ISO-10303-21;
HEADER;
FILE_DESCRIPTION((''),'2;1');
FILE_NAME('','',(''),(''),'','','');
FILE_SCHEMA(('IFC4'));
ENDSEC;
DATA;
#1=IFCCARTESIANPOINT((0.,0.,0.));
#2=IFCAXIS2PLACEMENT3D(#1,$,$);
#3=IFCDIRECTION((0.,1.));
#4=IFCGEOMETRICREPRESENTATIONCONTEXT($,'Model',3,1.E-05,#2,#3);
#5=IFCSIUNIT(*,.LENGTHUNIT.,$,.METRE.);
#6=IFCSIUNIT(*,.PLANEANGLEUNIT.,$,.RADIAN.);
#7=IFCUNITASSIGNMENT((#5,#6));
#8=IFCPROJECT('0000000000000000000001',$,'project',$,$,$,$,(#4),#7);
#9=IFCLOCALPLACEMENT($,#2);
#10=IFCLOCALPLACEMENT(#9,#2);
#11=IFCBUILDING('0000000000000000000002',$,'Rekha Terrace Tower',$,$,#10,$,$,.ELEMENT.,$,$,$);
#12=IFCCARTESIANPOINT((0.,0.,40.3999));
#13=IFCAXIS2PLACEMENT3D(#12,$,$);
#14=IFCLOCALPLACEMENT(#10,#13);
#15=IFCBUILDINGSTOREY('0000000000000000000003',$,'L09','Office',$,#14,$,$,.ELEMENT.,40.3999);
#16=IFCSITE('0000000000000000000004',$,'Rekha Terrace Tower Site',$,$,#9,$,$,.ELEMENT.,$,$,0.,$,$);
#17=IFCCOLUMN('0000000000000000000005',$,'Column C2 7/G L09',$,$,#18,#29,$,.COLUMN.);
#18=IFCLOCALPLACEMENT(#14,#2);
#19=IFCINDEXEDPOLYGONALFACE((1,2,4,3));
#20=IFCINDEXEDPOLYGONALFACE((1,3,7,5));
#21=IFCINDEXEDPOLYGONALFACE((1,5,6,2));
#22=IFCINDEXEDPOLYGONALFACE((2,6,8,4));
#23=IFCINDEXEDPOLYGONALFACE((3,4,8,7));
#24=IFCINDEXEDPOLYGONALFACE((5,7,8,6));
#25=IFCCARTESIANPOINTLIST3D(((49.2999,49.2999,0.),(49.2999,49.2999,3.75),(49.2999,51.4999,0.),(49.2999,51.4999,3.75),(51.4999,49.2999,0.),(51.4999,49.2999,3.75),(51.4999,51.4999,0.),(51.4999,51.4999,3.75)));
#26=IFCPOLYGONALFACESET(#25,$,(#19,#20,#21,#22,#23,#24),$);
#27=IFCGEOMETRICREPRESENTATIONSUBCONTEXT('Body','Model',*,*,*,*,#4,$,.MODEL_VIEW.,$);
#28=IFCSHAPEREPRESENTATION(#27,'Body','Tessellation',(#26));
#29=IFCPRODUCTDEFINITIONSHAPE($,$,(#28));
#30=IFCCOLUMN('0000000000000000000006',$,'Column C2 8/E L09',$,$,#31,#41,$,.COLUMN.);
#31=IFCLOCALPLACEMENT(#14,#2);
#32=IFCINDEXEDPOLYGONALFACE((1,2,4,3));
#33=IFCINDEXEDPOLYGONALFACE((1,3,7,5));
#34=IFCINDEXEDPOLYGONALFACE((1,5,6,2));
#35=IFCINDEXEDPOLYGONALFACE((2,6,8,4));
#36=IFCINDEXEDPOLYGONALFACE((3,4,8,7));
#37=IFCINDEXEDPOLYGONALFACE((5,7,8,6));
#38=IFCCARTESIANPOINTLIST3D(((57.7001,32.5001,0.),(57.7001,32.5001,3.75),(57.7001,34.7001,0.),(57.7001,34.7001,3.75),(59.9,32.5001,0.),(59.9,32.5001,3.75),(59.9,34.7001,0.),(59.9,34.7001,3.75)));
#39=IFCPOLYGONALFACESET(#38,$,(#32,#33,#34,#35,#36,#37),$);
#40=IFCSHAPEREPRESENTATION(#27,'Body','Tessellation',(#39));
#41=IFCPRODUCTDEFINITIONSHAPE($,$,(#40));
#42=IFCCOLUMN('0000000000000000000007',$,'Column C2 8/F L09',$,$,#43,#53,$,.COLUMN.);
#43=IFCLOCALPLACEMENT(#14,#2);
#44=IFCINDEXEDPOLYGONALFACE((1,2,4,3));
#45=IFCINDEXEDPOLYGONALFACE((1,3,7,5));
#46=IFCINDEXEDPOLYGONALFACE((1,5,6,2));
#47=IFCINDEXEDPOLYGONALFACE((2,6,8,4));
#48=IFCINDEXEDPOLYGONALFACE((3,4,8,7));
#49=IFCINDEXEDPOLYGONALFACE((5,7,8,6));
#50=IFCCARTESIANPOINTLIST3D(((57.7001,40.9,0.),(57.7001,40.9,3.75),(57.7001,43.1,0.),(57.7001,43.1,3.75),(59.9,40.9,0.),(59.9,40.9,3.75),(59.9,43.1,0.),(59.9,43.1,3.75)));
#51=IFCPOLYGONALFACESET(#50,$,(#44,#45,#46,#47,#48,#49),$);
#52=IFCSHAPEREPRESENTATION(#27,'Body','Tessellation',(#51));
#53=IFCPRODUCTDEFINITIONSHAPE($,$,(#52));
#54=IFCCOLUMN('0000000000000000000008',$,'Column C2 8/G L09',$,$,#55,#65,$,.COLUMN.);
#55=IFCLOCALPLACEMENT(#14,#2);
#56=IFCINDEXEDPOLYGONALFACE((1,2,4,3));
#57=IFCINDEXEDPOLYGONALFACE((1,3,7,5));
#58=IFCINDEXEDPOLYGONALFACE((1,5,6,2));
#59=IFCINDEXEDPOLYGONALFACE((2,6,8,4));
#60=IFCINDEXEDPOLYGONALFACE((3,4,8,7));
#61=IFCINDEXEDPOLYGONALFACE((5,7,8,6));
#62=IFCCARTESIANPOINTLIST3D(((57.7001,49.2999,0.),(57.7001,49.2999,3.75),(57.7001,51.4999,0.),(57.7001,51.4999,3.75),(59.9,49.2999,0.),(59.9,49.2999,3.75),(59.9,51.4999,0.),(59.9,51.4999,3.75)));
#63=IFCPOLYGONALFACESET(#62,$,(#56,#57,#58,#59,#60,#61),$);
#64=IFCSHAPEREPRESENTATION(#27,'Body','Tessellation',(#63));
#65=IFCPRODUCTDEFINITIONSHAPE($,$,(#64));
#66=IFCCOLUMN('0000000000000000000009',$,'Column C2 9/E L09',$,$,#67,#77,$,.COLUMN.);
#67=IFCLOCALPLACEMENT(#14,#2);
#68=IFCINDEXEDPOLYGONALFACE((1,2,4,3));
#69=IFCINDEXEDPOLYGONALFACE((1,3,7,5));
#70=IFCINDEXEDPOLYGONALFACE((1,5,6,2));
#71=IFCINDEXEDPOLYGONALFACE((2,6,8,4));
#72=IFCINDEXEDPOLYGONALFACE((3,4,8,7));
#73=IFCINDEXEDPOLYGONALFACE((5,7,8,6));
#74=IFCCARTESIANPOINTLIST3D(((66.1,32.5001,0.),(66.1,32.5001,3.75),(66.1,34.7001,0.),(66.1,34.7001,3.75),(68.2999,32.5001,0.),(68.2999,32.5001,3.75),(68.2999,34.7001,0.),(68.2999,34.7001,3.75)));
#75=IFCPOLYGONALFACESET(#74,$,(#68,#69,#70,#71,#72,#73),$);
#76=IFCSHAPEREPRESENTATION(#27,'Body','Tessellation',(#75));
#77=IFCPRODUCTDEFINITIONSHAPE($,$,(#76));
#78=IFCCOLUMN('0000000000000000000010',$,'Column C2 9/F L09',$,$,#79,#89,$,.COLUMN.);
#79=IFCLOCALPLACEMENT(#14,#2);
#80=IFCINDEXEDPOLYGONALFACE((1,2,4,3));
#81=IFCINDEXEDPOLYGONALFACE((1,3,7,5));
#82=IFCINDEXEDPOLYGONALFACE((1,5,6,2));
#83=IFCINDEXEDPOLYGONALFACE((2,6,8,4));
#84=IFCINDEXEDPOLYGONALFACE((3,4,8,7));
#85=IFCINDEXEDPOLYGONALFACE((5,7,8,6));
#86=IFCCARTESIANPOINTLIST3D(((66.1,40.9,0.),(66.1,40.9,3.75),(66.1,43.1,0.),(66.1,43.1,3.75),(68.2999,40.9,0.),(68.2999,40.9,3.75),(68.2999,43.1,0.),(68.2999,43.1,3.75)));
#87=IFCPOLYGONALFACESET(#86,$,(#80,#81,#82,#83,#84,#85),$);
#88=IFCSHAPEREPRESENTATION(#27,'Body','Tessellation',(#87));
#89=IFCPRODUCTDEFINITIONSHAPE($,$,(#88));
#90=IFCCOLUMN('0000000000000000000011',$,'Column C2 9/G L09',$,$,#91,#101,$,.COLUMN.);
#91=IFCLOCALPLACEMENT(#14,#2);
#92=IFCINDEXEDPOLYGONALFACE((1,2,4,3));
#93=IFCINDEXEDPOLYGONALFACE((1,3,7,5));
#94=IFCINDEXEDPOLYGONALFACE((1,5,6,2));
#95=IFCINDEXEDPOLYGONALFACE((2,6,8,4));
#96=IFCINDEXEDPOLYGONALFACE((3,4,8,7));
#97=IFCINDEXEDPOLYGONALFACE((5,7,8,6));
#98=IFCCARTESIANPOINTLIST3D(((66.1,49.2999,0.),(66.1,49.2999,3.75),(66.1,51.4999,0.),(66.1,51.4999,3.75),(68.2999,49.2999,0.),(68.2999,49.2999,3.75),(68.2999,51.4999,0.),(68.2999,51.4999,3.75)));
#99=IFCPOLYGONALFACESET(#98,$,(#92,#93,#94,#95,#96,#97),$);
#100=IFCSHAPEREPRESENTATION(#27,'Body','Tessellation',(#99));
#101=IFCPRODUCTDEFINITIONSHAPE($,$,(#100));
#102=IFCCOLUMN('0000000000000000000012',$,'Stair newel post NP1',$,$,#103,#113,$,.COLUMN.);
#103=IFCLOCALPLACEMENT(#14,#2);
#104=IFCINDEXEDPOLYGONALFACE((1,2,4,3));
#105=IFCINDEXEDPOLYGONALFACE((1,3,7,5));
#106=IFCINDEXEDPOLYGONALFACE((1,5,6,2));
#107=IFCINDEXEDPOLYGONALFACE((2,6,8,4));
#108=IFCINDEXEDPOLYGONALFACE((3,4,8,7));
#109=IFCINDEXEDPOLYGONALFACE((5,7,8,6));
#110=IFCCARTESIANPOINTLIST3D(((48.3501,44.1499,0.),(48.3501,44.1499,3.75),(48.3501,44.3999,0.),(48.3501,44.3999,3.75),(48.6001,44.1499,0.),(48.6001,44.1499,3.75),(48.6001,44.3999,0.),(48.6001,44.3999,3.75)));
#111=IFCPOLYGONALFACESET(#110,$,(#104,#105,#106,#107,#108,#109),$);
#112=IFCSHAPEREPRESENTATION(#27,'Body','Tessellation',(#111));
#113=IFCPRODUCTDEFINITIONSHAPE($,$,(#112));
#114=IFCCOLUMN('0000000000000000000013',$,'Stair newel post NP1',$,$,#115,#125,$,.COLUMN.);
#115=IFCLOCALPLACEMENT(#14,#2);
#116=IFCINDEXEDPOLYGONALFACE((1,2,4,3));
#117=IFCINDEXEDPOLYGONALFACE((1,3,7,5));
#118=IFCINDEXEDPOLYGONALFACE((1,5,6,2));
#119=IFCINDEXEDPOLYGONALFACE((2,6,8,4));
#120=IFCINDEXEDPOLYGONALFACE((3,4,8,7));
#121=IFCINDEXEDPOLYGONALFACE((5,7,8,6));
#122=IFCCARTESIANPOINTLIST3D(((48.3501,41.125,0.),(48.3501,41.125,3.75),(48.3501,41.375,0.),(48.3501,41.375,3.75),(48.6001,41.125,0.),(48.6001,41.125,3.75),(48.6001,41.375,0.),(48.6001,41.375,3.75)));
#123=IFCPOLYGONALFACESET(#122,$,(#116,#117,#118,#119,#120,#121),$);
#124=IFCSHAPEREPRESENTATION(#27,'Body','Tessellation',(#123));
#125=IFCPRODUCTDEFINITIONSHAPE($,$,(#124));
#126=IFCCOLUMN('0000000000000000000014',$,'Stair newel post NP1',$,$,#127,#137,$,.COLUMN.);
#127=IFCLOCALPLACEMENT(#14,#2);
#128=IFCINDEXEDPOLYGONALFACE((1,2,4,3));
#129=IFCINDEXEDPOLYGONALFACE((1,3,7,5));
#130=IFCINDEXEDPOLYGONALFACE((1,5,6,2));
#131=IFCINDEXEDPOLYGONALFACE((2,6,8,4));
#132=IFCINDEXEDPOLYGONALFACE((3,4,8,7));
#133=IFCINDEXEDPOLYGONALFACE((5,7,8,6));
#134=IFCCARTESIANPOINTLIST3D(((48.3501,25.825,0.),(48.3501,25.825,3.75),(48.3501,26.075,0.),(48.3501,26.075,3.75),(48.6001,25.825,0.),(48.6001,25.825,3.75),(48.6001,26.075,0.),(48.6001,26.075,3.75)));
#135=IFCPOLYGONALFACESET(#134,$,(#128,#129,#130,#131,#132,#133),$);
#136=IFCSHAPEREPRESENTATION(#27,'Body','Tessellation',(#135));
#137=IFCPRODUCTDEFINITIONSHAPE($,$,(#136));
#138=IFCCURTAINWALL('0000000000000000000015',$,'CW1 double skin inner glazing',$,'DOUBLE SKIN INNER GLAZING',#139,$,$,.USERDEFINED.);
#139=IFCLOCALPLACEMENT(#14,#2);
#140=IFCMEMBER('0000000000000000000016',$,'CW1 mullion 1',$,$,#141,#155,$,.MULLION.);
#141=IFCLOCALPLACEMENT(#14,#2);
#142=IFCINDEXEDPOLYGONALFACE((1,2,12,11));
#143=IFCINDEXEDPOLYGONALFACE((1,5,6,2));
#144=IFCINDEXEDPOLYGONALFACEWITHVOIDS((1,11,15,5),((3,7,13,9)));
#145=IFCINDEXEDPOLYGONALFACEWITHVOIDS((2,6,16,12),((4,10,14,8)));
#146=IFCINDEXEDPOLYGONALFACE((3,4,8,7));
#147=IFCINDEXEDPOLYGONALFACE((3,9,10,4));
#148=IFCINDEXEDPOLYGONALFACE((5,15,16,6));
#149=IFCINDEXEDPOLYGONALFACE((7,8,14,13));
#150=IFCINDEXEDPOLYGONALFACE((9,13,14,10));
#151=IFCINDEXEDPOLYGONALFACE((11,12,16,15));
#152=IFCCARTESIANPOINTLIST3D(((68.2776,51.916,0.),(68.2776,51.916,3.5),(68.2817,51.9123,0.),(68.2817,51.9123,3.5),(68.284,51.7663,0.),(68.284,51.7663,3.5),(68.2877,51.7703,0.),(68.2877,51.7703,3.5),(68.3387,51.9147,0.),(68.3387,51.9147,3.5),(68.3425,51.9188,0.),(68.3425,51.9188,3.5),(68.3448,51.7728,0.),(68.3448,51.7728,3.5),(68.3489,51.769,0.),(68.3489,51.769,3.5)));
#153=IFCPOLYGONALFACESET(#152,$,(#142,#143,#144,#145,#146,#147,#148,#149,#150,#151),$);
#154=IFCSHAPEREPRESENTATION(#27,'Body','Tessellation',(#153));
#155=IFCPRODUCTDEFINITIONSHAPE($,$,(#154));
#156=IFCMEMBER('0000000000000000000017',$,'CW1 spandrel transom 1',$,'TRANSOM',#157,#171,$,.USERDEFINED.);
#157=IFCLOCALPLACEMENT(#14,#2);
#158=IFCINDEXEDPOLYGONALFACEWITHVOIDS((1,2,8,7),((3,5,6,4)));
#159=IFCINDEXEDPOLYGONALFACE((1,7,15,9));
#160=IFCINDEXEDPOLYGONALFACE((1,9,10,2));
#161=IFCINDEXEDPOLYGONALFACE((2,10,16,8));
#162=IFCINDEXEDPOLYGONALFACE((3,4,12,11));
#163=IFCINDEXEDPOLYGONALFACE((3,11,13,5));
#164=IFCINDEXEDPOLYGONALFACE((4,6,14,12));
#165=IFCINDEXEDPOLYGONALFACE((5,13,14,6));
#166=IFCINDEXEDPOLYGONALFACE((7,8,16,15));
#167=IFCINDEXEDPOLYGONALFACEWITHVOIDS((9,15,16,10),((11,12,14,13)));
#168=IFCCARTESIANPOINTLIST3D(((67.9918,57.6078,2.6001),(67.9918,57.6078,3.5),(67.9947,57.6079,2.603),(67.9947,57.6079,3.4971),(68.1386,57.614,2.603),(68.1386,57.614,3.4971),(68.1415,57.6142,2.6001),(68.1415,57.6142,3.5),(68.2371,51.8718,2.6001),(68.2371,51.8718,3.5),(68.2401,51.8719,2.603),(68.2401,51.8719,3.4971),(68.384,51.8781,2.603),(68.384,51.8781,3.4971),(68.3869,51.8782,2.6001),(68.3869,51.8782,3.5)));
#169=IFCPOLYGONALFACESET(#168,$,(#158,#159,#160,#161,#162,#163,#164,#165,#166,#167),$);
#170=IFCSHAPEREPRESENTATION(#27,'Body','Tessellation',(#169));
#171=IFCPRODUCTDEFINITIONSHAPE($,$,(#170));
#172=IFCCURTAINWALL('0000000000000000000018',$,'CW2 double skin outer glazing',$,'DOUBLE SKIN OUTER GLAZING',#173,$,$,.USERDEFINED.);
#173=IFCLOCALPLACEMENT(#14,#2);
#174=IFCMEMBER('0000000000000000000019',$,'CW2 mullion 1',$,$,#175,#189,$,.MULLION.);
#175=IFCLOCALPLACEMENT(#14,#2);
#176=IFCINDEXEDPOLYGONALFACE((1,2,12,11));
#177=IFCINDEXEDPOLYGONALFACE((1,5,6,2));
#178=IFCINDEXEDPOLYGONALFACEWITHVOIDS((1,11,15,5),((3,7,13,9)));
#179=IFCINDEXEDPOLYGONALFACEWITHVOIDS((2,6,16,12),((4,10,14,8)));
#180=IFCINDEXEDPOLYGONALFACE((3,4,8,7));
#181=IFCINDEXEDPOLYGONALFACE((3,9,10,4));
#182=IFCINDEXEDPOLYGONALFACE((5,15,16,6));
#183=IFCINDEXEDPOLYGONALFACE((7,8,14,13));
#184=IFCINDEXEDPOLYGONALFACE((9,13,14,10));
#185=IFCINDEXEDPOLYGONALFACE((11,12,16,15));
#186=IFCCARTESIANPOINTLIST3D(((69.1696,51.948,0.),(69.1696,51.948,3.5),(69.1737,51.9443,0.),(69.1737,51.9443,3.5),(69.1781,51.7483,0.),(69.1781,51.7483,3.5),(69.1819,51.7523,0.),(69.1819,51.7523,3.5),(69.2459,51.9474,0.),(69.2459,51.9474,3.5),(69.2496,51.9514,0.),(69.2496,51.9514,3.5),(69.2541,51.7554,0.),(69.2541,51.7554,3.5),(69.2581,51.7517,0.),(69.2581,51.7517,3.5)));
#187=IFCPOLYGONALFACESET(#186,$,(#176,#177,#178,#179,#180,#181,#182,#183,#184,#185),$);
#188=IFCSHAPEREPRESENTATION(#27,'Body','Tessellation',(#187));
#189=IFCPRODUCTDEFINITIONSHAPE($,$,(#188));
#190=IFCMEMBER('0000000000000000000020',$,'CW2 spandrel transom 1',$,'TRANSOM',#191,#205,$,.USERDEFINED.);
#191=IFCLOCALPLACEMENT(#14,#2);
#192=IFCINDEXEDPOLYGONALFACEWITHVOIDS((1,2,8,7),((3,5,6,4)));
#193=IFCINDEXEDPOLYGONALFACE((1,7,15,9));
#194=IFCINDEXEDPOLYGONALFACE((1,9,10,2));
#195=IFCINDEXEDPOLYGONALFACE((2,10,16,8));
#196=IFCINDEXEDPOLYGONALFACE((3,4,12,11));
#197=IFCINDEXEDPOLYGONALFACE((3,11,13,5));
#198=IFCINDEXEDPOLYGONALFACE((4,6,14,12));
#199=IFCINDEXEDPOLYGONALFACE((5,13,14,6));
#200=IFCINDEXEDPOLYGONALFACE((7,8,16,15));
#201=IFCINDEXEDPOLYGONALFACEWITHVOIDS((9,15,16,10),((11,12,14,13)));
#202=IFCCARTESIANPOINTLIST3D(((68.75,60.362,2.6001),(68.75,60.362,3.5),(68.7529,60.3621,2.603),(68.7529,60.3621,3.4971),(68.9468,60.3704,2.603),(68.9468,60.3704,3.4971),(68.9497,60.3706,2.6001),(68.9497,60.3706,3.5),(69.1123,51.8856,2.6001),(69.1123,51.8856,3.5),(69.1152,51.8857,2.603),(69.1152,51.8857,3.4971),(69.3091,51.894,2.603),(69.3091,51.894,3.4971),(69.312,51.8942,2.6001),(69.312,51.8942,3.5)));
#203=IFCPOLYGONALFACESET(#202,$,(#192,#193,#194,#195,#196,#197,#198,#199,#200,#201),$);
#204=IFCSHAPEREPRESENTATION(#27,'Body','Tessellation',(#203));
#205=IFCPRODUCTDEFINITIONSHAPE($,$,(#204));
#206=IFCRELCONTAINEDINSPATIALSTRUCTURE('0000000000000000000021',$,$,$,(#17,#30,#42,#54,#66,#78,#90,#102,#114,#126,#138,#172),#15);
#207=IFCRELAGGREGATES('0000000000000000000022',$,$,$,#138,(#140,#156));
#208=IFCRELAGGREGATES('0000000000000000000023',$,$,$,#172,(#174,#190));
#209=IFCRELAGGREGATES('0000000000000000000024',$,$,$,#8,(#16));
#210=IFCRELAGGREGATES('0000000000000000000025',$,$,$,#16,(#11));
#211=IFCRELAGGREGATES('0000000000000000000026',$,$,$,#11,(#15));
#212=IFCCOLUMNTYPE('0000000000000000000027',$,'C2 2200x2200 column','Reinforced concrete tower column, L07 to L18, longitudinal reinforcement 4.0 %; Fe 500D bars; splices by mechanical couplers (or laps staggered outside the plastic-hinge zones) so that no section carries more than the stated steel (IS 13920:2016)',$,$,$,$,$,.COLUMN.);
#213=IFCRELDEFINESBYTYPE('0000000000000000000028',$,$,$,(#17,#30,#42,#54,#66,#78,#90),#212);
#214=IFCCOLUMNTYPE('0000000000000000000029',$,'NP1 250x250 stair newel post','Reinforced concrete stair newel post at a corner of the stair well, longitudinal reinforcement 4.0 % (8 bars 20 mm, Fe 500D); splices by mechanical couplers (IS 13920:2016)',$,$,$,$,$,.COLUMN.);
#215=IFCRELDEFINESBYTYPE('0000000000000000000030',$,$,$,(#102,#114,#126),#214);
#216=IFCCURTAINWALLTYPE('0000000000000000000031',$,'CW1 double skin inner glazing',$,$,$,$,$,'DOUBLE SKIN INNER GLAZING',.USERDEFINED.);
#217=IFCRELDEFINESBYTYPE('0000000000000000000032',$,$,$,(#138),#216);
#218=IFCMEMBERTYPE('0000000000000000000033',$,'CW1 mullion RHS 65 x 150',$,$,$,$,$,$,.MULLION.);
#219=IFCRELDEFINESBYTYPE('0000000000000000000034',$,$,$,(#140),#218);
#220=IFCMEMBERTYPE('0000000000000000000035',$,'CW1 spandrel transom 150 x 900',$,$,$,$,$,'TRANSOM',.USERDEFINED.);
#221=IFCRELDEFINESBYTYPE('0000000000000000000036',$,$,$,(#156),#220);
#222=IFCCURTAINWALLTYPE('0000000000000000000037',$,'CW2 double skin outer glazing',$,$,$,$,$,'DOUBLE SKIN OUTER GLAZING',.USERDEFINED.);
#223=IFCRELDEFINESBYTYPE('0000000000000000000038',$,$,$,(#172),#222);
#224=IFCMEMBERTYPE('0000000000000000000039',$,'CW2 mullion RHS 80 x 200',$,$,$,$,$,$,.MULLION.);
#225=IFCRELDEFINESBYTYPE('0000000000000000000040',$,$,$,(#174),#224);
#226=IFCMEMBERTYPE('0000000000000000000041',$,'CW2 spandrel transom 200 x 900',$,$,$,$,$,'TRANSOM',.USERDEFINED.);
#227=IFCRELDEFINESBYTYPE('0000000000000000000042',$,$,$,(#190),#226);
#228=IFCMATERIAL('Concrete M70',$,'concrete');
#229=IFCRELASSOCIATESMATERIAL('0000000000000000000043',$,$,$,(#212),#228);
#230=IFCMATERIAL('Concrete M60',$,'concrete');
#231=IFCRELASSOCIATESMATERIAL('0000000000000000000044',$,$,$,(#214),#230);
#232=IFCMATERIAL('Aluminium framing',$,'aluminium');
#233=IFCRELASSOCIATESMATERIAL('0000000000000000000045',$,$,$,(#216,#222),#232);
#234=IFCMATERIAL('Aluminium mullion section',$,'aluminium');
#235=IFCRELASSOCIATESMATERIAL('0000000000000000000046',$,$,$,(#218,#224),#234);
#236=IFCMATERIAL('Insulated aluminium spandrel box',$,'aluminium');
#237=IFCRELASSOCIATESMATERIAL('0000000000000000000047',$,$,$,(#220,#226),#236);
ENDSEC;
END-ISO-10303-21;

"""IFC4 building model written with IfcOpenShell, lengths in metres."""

from ifc_helpers import new_model, si_unit, direction, frame, origin, origin_2d, place, context, subcontext, project, spatial, rectangle, hollow_rectangle, extrude, material, material_profile, profile_set, type_object, element, aggregate, save


model = new_model("IFC4")

# Units and contexts
model_context = context("Model", 3, precision=1e-05, world=origin(), true_north=direction((0.0, 1.0)))
body_context = subcontext(model_context, "Body", "Model", "MODEL_VIEW")
ifc_project = project(units=[si_unit("LENGTHUNIT", "METRE"), si_unit("PLANEANGLEUNIT", "RADIAN")], contexts=[model_context])

# Site, building, storey
site_placement = place(None, origin())
site = spatial("IfcSite", under=ifc_project, at=site_placement, Name="Rekha Terrace Tower Site", CompositionType="ELEMENT", RefElevation=0.0)
building_placement = place(site_placement, origin())
building = spatial("IfcBuilding", under=site, at=building_placement, Name="Rekha Terrace Tower", CompositionType="ELEMENT")
storey_placement = place(building_placement, frame((0.0, 0.0, 40.3999)))
storey = spatial("IfcBuildingStorey", under=building, at=storey_placement, Name="L09", Description="Office", CompositionType="ELEMENT", Elevation=40.3999)

# Columns
ifc_material_1 = material(Name="Concrete M70", Category="concrete")
ifc_material_profile_1 = material_profile(ifc_material_1, rectangle(XDim=2.2, YDim=2.2, at=origin_2d()), Name="RC 2200x2200")
ifc_profile_set_1 = profile_set([ifc_material_profile_1], Name="Concrete M70")
column_type_1 = type_object("IfcColumnType", Name="C2 2200x2200 column", Description="Reinforced concrete tower column, L07 to L18, longitudinal reinforcement 4.0 %; Fe 500D bars; splices by mechanical couplers (or laps staggered outside the plastic-hinge zones) so that no section carries more than the stated steel (IS 13920:2016)", PredefinedType="COLUMN", material=ifc_profile_set_1)
for number, where, z_axis, x_axis, name in (
    (1, (50.3999, 50.3999, 0.0), (0.0, 0.0, 1.0), (1.0, 0.0, 0.0), "Column C2 7/G L09"),
    (2, (58.8, 33.6001, 0.0), (0.0, 0.0, 1.0), (1.0, 0.0, 0.0), "Column C2 8/E L09"),
    (3, (58.8, 42.0, 0.0), (0.0, 0.0, 1.0), (1.0, 0.0, 0.0), "Column C2 8/F L09"),
    (4, (58.8, 50.3999, 0.0), (0.0, 0.0, 1.0), (1.0, 0.0, 0.0), "Column C2 8/G L09"),
    (5, (67.2, 33.6001, 0.0), (0.0, 0.0, 1.0), (1.0, 0.0, 0.0), "Column C2 9/E L09"),
    (6, (67.2, 42.0, 0.0), (0.0, 0.0, 1.0), (1.0, 0.0, 0.0), "Column C2 9/F L09"),
    (7, (67.2, 50.3999, 0.0), (0.0, 0.0, 1.0), (1.0, 0.0, 0.0), "Column C2 9/G L09"),
):
    element("IfcColumn", number, at=place(storey_placement, frame(where, z_axis=z_axis, x_axis=x_axis)), inside=storey, type_object=column_type_1, Name=name, PredefinedType="COLUMN", context=body_context, shape_type="SweptSolid", body=[
        extrude(rectangle(XDim=2.2, YDim=2.2, at=origin_2d()), origin(), (0.0, 0.0, 1.0), 3.75),
    ])
ifc_material_2 = material(Name="Concrete M60", Category="concrete")
ifc_material_profile_2 = material_profile(ifc_material_2, rectangle(XDim=0.25, YDim=0.25, at=origin_2d()), Name="RC 250x250")
ifc_profile_set_2 = profile_set([ifc_material_profile_2], Name="Concrete M60")
column_type_2 = type_object("IfcColumnType", Name="NP1 250x250 stair newel post", Description="Reinforced concrete stair newel post at a corner of the stair well, longitudinal reinforcement 4.0 % (8 bars 20 mm, Fe 500D); splices by mechanical couplers (IS 13920:2016)", PredefinedType="COLUMN", material=ifc_profile_set_2)
for number, where, z_axis, x_axis, name in (
    (8, (48.4751, 44.2749, 0.0), (0.0, 0.0, 1.0), (1.0, 0.0, 0.0), "Stair newel post NP1"),
    (9, (48.4751, 41.25, 0.0), (0.0, 0.0, 1.0), (1.0, 0.0, 0.0), "Stair newel post NP1"),
    (10, (48.4751, 25.95, 0.0), (0.0, 0.0, 1.0), (1.0, 0.0, 0.0), "Stair newel post NP1"),
):
    element("IfcColumn", number, at=place(storey_placement, frame(where, z_axis=z_axis, x_axis=x_axis)), inside=storey, type_object=column_type_2, Name=name, PredefinedType="COLUMN", context=body_context, shape_type="SweptSolid", body=[
        extrude(rectangle(XDim=0.25, YDim=0.25, at=origin_2d()), origin(), (0.0, 0.0, 1.0), 3.75),
    ])

# Curtain walls, members
ifc_material_3 = material(Name="Aluminium framing", Category="aluminium")
curtain_wall_type_1 = type_object("IfcCurtainWallType", Name="CW1 double skin inner glazing", ElementType="DOUBLE SKIN INNER GLAZING", PredefinedType="USERDEFINED", material=ifc_material_3)
curtain_wall_1_placement = place(storey_placement, origin())
curtain_wall_1 = element("IfcCurtainWall", 11, at=curtain_wall_1_placement, inside=storey, type_object=curtain_wall_type_1, Name="CW1 double skin inner glazing", ObjectType="DOUBLE SKIN INNER GLAZING", PredefinedType="USERDEFINED")
ifc_material_4 = material(Name="Aluminium mullion section", Category="aluminium")
ifc_material_profile_3 = material_profile(ifc_material_4, hollow_rectangle(XDim=0.0649, YDim=0.1499, WallThickness=0.0039, at=origin_2d()), Name="AL RHS 65x150")
ifc_profile_set_3 = profile_set([ifc_material_profile_3], Name="Aluminium mullion section")
member_type_1 = type_object("IfcMemberType", Name="CW1 mullion RHS 65 x 150", PredefinedType="MULLION", material=ifc_profile_set_3)
member_1_placement = place(storey_placement, frame((68.3132, 51.8425, 0.0), z_axis=(0.0, 0.0, 1.0), x_axis=(-0.999088, -0.042696, 0.0)))
member_1 = element("IfcMember", 12, at=member_1_placement, type_object=member_type_1, Name="CW1 mullion 1", PredefinedType="MULLION", context=body_context, shape_type="SweptSolid", body=[
    extrude(hollow_rectangle(XDim=0.0649, YDim=0.1499, WallThickness=0.0039, at=origin_2d()), origin(), (0.0, 0.0, 1.0), 3.5),
])
ifc_material_5 = material(Name="Insulated aluminium spandrel box", Category="aluminium")
ifc_material_profile_4 = material_profile(ifc_material_5, hollow_rectangle(XDim=0.1499, YDim=0.8999, WallThickness=0.0029, at=origin_2d()), Name="AL SPANDREL BOX 150x900")
ifc_profile_set_4 = profile_set([ifc_material_profile_4], Name="Insulated aluminium spandrel box")
member_type_2 = type_object("IfcMemberType", Name="CW1 spandrel transom 150 x 900", ElementType="TRANSOM", PredefinedType="USERDEFINED", material=ifc_profile_set_4)
member_2_placement = place(storey_placement, frame((68.312, 51.875, 3.05), z_axis=(-0.042736, 0.999086, 0.0), x_axis=(-0.999086, -0.042736, 0.0)))
member_2 = element("IfcMember", 13, at=member_2_placement, type_object=member_type_2, Name="CW1 spandrel transom 1", ObjectType="TRANSOM", PredefinedType="USERDEFINED", context=body_context, shape_type="SweptSolid", body=[
    extrude(hollow_rectangle(XDim=0.1499, YDim=0.8999, WallThickness=0.0029, at=origin_2d()), origin(), (0.0, 0.0, 1.0), 5.7412),
])
aggregate(curtain_wall_1, [member_1, member_2])
curtain_wall_type_2 = type_object("IfcCurtainWallType", Name="CW2 double skin outer glazing", ElementType="DOUBLE SKIN OUTER GLAZING", PredefinedType="USERDEFINED", material=ifc_material_3)
curtain_wall_2_placement = place(storey_placement, origin())
curtain_wall_2 = element("IfcCurtainWall", 14, at=curtain_wall_2_placement, inside=storey, type_object=curtain_wall_type_2, Name="CW2 double skin outer glazing", ObjectType="DOUBLE SKIN OUTER GLAZING", PredefinedType="USERDEFINED")
ifc_material_profile_5 = material_profile(ifc_material_4, hollow_rectangle(XDim=0.0801, YDim=0.2, WallThickness=0.0039, at=origin_2d()), Name="AL RHS 80x200")
ifc_profile_set_5 = profile_set([ifc_material_profile_5], Name="Aluminium mullion section")
member_type_3 = type_object("IfcMemberType", Name="CW2 mullion RHS 80 x 200", PredefinedType="MULLION", material=ifc_profile_set_5)
member_3_placement = place(storey_placement, frame((69.2139, 51.8499, 0.0), z_axis=(0.0, 0.0, 1.0), x_axis=(-0.999088, -0.042696, 0.0)))
member_3 = element("IfcMember", 15, at=member_3_placement, type_object=member_type_3, Name="CW2 mullion 1", PredefinedType="MULLION", context=body_context, shape_type="SweptSolid", body=[
    extrude(hollow_rectangle(XDim=0.0801, YDim=0.2, WallThickness=0.0039, at=origin_2d()), origin(), (0.0, 0.0, 1.0), 3.5),
])
ifc_material_profile_6 = material_profile(ifc_material_5, hollow_rectangle(XDim=0.2, YDim=0.8999, WallThickness=0.0029, at=origin_2d()), Name="AL SPANDREL BOX 200x900")
ifc_profile_set_6 = profile_set([ifc_material_profile_6], Name="Insulated aluminium spandrel box")
member_type_4 = type_object("IfcMemberType", Name="CW2 spandrel transom 200 x 900", ElementType="TRANSOM", PredefinedType="USERDEFINED", material=ifc_profile_set_6)
member_4_placement = place(storey_placement, frame((69.2122, 51.8899, 3.05), z_axis=(-0.042704, 0.999088, 0.0), x_axis=(-0.999088, -0.042704, 0.0)))
member_4 = element("IfcMember", 16, at=member_4_placement, type_object=member_type_4, Name="CW2 spandrel transom 1", ObjectType="TRANSOM", PredefinedType="USERDEFINED", context=body_context, shape_type="SweptSolid", body=[
    extrude(hollow_rectangle(XDim=0.2, YDim=0.8999, WallThickness=0.0029, at=origin_2d()), origin(), (0.0, 0.0, 1.0), 8.4841),
])
aggregate(curtain_wall_2, [member_3, member_4])

save(model, "model.ifc")
